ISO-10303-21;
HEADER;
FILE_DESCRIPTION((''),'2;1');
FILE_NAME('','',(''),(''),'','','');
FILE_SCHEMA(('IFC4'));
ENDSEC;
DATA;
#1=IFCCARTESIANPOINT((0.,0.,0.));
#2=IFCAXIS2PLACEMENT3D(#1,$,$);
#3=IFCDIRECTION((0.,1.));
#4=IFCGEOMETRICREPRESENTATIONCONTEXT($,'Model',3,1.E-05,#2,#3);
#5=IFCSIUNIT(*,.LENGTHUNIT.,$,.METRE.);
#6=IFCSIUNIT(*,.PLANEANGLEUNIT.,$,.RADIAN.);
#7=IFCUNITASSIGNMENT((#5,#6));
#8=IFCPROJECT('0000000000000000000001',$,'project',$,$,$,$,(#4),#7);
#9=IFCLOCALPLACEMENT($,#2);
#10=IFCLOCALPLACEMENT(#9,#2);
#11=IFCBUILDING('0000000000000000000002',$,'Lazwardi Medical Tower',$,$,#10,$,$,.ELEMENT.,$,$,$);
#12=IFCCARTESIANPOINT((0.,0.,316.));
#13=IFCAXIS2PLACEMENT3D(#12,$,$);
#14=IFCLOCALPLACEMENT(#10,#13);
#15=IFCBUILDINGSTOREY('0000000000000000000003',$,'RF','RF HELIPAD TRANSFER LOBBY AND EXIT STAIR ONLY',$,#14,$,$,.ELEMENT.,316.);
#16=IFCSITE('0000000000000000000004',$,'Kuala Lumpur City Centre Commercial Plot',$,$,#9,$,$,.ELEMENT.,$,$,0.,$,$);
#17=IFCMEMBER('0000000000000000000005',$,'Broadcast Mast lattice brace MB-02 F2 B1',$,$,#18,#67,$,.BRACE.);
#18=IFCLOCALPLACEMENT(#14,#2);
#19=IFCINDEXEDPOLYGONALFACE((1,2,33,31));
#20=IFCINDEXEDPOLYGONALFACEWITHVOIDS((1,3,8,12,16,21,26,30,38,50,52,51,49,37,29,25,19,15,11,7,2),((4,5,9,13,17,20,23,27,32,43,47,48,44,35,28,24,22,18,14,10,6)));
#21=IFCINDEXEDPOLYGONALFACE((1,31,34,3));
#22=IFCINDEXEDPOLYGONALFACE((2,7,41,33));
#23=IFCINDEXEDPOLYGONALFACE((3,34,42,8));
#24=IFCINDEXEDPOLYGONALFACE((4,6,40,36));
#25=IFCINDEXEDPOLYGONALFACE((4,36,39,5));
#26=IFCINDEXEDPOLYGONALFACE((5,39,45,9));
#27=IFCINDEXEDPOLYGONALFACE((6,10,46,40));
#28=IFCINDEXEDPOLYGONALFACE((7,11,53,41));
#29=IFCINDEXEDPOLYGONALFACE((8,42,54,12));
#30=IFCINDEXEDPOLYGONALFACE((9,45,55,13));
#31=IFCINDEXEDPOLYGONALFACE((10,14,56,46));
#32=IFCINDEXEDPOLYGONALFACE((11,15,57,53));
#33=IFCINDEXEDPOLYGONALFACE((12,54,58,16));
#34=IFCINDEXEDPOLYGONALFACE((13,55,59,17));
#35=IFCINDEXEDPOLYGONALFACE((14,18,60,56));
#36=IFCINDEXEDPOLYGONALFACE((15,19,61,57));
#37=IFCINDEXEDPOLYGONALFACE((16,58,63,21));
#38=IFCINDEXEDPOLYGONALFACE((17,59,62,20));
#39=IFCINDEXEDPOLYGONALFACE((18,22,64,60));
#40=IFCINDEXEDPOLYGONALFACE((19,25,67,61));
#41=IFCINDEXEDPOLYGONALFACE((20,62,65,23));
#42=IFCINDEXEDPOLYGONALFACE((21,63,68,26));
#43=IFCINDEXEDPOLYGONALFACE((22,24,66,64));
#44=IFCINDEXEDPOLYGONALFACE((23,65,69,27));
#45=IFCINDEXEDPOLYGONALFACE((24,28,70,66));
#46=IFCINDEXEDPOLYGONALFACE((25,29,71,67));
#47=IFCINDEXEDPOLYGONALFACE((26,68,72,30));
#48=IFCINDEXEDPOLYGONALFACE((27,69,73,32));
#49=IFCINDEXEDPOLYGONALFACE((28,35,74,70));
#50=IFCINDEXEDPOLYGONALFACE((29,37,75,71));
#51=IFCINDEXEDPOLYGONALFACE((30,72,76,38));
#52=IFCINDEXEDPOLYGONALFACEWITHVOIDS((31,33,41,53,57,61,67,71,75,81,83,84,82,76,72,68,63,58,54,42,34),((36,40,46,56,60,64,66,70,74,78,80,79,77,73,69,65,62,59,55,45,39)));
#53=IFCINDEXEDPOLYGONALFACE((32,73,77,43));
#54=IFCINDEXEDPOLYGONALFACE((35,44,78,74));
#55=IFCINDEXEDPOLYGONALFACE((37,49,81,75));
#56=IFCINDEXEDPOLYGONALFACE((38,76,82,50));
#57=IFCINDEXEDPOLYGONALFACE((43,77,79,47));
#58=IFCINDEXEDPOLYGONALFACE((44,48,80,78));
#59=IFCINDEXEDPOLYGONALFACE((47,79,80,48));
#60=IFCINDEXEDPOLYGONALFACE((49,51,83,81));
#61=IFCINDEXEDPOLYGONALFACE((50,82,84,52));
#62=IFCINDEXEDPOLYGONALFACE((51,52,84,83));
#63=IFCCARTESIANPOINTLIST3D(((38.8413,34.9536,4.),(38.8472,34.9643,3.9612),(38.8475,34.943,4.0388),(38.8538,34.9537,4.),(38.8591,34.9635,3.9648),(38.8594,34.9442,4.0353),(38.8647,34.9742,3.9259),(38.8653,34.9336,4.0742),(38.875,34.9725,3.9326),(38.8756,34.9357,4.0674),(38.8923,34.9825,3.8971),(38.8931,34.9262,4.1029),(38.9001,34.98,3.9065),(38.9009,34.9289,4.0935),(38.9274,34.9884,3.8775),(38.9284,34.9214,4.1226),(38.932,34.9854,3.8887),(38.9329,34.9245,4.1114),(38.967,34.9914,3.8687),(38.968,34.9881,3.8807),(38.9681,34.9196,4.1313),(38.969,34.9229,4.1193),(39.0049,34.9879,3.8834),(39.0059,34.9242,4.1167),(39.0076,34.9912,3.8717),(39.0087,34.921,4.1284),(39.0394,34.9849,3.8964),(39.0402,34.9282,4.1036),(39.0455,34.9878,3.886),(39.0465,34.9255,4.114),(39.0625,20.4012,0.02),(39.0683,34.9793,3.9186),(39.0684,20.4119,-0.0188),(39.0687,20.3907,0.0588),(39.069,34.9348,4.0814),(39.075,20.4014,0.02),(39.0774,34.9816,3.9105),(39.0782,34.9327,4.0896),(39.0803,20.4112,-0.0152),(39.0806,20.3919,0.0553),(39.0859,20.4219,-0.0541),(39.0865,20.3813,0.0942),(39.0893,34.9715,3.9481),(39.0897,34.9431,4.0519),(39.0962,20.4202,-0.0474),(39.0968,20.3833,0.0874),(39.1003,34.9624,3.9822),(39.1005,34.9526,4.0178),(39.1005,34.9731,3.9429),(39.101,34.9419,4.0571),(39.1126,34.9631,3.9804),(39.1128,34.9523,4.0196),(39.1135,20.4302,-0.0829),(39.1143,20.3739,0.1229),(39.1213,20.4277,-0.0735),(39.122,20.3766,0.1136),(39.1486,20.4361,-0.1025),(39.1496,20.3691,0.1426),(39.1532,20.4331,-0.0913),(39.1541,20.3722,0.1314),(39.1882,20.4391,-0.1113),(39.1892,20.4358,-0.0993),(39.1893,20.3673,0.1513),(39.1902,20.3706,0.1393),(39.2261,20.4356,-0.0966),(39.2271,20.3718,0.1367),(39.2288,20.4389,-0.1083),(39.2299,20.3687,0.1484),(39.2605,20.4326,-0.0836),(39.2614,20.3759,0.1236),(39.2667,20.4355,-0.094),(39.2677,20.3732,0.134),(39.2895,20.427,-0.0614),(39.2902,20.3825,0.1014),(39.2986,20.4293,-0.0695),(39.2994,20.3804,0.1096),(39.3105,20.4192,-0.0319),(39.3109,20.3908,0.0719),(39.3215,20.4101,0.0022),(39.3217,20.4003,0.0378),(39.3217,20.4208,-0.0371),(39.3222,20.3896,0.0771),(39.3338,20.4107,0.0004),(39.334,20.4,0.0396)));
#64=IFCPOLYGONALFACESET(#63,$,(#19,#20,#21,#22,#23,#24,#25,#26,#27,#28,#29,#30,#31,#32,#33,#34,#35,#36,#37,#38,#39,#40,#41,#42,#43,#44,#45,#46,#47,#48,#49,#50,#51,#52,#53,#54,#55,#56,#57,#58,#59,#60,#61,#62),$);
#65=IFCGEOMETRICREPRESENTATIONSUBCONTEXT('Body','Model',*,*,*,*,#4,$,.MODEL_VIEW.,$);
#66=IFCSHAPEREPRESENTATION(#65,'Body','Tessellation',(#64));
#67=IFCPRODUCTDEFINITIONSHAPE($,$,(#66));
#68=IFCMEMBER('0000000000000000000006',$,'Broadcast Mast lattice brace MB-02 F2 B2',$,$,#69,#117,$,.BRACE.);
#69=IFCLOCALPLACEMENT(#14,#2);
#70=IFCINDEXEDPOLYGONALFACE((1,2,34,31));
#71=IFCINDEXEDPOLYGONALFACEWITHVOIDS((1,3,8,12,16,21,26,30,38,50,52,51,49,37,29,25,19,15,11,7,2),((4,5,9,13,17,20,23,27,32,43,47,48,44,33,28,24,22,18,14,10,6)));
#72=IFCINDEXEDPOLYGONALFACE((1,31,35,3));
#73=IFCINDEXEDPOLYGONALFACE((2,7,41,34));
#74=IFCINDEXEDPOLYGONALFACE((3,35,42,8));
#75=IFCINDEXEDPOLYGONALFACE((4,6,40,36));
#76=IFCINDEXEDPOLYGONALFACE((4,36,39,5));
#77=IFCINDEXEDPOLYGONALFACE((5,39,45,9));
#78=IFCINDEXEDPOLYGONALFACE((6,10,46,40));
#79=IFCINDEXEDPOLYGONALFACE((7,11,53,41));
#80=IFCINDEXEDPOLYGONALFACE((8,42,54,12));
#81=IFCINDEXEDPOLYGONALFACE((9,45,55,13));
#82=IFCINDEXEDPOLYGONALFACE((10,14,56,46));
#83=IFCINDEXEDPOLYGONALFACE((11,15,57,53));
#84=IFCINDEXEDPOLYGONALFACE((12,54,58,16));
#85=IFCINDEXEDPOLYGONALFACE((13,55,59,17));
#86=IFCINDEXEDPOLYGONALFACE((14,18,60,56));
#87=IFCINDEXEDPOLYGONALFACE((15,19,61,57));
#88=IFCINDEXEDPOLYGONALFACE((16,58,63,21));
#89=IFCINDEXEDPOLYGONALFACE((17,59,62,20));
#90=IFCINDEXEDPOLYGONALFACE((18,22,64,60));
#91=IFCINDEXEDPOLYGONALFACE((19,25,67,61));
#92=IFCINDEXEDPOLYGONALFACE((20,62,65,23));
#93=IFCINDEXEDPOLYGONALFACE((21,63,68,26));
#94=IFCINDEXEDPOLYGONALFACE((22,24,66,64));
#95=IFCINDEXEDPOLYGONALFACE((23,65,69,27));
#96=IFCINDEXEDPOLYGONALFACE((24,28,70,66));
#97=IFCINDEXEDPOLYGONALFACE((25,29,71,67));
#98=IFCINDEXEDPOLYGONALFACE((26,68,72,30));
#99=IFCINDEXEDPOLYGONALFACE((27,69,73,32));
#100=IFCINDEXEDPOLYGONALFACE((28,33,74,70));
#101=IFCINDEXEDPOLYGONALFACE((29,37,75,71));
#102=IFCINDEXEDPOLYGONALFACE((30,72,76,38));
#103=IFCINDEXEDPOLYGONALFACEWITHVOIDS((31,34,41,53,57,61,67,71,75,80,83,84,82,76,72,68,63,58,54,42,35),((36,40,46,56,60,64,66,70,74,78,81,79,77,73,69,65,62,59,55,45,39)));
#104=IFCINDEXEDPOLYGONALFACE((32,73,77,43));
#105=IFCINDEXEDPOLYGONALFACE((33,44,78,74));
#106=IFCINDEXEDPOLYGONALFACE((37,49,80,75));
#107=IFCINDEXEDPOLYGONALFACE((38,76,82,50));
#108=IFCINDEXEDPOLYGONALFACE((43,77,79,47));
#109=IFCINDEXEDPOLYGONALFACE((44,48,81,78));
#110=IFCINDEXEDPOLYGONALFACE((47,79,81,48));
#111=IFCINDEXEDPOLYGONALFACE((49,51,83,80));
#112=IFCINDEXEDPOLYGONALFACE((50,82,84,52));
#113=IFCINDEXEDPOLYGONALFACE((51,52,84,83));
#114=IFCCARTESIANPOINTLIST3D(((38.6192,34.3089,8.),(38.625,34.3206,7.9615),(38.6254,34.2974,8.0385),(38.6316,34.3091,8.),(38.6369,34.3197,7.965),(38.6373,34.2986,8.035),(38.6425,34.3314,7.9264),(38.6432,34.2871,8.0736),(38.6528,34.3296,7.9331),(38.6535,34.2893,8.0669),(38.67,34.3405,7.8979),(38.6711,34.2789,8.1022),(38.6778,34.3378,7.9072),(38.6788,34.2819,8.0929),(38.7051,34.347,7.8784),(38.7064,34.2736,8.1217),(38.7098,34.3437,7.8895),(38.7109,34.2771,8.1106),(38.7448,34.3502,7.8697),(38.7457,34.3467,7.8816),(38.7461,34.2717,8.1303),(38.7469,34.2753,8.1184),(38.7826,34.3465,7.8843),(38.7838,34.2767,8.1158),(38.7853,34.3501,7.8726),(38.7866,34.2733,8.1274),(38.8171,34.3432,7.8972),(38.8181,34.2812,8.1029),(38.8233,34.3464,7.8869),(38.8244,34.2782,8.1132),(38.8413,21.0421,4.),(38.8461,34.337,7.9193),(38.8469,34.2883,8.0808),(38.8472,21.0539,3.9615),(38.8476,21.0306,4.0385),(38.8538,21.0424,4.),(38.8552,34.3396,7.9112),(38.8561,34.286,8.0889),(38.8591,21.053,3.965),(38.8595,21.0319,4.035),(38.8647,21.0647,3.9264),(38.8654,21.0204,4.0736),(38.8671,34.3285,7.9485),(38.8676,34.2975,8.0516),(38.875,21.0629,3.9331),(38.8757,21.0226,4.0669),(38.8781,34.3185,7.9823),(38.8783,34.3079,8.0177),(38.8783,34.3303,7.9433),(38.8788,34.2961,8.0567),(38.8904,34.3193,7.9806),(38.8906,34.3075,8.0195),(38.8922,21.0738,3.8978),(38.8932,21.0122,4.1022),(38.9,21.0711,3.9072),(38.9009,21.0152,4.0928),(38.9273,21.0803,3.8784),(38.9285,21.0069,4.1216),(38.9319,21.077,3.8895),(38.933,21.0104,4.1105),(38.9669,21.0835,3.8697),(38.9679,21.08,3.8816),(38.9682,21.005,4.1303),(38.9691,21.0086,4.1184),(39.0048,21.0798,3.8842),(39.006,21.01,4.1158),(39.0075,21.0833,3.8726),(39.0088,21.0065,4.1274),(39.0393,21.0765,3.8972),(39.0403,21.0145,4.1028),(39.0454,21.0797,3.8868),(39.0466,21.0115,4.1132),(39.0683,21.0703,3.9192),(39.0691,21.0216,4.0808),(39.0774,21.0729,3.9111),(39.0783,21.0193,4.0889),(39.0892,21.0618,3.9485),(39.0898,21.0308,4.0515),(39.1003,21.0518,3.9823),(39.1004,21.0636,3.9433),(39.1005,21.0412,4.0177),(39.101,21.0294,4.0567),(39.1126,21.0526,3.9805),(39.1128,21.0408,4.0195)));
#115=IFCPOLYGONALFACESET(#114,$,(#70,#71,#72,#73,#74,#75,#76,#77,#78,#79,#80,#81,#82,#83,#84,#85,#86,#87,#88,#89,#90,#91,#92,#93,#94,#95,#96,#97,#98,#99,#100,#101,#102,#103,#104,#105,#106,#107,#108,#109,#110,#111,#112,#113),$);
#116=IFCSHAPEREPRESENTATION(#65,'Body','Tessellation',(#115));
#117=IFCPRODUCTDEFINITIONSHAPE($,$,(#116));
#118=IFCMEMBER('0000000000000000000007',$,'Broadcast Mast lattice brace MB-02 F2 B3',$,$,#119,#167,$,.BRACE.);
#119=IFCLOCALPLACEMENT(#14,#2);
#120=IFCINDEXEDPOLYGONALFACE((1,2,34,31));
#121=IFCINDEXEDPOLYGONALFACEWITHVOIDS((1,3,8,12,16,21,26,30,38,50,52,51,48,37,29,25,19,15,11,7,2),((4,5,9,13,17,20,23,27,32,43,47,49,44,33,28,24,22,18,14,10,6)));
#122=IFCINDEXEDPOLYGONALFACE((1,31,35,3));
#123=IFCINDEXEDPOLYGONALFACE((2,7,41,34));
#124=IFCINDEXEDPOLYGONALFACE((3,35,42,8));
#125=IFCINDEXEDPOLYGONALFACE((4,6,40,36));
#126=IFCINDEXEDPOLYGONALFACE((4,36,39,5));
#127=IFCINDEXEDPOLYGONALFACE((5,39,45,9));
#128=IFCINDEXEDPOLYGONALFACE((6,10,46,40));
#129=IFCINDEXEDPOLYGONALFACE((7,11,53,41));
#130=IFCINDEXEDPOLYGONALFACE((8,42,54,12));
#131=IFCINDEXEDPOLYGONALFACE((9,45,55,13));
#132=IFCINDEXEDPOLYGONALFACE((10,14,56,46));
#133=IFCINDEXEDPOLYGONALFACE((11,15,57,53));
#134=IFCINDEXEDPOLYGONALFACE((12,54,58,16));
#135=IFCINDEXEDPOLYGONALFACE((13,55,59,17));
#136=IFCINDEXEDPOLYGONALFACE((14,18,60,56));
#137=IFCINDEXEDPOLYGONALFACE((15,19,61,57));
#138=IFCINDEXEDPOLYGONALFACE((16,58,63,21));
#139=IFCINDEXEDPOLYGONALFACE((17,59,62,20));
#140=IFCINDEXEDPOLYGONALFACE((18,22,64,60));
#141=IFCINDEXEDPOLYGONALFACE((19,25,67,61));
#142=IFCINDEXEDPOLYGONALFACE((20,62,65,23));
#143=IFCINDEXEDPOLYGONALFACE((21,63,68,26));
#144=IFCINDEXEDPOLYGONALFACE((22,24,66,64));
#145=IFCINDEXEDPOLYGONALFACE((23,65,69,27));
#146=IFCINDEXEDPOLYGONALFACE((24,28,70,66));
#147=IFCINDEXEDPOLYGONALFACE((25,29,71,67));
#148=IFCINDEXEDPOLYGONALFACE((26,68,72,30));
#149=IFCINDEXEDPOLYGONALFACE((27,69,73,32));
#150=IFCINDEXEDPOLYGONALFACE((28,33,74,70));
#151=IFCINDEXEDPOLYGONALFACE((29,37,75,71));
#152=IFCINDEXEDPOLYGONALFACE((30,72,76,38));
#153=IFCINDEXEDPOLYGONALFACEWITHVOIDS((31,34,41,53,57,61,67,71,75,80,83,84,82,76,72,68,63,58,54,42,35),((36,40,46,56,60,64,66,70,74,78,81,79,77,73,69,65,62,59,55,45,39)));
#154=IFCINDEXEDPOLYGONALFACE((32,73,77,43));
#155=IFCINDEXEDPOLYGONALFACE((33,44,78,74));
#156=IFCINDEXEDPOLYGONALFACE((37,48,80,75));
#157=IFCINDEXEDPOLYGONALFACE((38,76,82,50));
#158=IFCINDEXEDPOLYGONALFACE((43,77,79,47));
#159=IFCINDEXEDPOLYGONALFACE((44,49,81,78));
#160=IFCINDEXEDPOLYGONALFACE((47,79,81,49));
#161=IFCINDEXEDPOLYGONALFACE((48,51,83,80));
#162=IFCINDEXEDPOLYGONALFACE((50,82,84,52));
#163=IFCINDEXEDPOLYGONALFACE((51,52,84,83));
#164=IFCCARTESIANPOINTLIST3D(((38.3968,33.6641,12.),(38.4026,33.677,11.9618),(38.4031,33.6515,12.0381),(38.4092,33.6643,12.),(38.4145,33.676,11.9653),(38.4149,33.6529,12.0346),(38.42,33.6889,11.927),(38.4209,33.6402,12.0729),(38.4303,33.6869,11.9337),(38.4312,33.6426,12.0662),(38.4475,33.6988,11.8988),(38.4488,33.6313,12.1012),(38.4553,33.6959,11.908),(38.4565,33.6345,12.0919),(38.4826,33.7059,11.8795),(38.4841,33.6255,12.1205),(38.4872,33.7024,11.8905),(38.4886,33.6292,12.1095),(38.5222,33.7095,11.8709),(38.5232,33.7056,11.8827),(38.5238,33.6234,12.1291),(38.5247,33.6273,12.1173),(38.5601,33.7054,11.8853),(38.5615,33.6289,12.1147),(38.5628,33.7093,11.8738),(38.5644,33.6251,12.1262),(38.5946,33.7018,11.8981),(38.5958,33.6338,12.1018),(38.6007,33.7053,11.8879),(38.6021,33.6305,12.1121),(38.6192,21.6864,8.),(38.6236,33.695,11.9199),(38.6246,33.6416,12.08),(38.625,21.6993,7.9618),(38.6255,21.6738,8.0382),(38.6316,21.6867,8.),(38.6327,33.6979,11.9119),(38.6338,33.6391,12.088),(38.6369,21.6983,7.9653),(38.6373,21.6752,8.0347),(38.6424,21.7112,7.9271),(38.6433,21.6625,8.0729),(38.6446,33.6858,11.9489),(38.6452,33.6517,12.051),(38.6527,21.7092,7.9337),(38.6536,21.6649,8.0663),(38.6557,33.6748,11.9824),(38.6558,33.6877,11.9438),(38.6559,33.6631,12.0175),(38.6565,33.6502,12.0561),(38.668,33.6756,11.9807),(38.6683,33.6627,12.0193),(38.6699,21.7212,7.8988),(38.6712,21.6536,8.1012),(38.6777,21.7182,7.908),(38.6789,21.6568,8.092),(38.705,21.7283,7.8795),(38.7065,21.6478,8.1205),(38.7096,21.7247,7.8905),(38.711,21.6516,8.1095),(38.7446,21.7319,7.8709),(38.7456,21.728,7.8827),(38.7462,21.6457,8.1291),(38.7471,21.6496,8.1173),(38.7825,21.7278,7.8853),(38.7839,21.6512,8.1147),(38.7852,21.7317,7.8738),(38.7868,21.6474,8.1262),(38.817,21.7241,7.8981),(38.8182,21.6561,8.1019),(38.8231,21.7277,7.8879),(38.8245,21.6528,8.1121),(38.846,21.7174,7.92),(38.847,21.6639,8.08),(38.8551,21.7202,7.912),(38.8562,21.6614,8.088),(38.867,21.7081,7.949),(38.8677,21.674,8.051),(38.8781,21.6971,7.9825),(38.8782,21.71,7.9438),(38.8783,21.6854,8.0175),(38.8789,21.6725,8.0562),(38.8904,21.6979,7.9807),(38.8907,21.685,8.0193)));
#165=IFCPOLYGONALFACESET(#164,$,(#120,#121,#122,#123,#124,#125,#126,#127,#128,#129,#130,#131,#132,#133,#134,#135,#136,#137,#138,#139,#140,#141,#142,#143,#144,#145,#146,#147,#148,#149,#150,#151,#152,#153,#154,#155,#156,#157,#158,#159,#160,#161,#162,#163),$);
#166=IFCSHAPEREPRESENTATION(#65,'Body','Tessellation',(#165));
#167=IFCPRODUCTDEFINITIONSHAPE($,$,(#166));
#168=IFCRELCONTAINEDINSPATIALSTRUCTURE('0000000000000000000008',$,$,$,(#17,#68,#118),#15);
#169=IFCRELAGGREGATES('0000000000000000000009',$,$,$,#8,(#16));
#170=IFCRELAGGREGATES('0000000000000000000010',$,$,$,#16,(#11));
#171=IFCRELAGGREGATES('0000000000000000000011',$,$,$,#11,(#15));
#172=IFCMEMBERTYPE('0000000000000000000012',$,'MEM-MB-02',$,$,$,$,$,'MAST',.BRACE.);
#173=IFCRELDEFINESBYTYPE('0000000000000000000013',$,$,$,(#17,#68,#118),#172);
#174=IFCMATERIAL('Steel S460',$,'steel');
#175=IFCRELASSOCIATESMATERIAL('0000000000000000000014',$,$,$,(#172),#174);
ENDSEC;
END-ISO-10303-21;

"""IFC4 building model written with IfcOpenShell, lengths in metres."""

from ifc_helpers import new_model, si_unit, direction, frame, origin, origin_2d, place, context, subcontext, project, spatial, hollow_circle, extrude, material, material_profile, profile_set, type_object, element, save


model = new_model("IFC4")

# Units and contexts
model_context = context("Model", 3, precision=1e-05, world=origin(), true_north=direction((0.0, 1.0)))
body_context = subcontext(model_context, "Body", "Model", "MODEL_VIEW")
ifc_project = project(units=[si_unit("LENGTHUNIT", "METRE"), si_unit("PLANEANGLEUNIT", "RADIAN")], contexts=[model_context])

# Site, building, storey
site_placement = place(None, origin())
site = spatial("IfcSite", under=ifc_project, at=site_placement, Name="Kuala Lumpur City Centre Commercial Plot", CompositionType="ELEMENT", RefElevation=0.0)
building_placement = place(site_placement, origin())
building = spatial("IfcBuilding", under=site, at=building_placement, Name="Lazwardi Medical Tower", CompositionType="ELEMENT")
storey_placement = place(building_placement, frame((0.0, 0.0, 316.0)))
storey = spatial("IfcBuildingStorey", under=building, at=storey_placement, Name="RF", Description="RF HELIPAD TRANSFER LOBBY AND EXIT STAIR ONLY", CompositionType="ELEMENT", Elevation=316.0)

# Members
ifc_material_1 = material(Name="Steel S460", Category="steel")
ifc_material_profile_1 = material_profile(ifc_material_1, hollow_circle(Radius=0.1365, WallThickness=0.0125, at=origin_2d()), Name="CHS 273x12.5")
ifc_profile_set_1 = profile_set([ifc_material_profile_1], Name="Steel S460")
member_type_1 = type_object("IfcMemberType", Name="MEM-MB-02", ElementType="MAST", PredefinedType="BRACE", material=ifc_profile_set_1)
member_1_placement = place(storey_placement, frame((39.199, 20.4033, 0.02), z_axis=(-0.01466, 0.964472, 0.263779), x_axis=(-0.999885, -0.015198, 0.0)))
element("IfcMember", 1, at=member_1_placement, inside=storey, type_object=member_type_1, Name="Broadcast Mast lattice brace MB-02 F2 B1", PredefinedType="BRACE", context=body_context, shape_type="SweptSolid", body=[
    extrude(hollow_circle(Radius=0.1365, WallThickness=0.0125, at=origin_2d()), origin(), (0.0, 0.0, 1.0), 15.0884),
])
member_2_placement = place(storey_placement, frame((38.9778, 21.0444, 4.0), z_axis=(-0.016031, 0.957305, 0.288636), x_axis=(-0.99986, -0.016744, 0.0)))
element("IfcMember", 2, at=member_2_placement, inside=storey, type_object=member_type_1, Name="Broadcast Mast lattice brace MB-02 F2 B2", PredefinedType="BRACE", context=body_context, shape_type="SweptSolid", body=[
    extrude(hollow_circle(Radius=0.1365, WallThickness=0.0125, at=origin_2d()), origin(), (0.0, 0.0, 1.0), 13.8584),
])
member_3_placement = place(storey_placement, frame((38.7556, 21.689, 8.0), z_axis=(-0.01761, 0.94836, 0.316706), x_axis=(-0.999828, -0.018566, 0.0)))
element("IfcMember", 3, at=member_3_placement, inside=storey, type_object=member_type_1, Name="Broadcast Mast lattice brace MB-02 F2 B3", PredefinedType="BRACE", context=body_context, shape_type="SweptSolid", body=[
    extrude(hollow_circle(Radius=0.1365, WallThickness=0.0125, at=origin_2d()), origin(), (0.0, 0.0, 1.0), 12.6299),
])

save(model, "model.ifc")
